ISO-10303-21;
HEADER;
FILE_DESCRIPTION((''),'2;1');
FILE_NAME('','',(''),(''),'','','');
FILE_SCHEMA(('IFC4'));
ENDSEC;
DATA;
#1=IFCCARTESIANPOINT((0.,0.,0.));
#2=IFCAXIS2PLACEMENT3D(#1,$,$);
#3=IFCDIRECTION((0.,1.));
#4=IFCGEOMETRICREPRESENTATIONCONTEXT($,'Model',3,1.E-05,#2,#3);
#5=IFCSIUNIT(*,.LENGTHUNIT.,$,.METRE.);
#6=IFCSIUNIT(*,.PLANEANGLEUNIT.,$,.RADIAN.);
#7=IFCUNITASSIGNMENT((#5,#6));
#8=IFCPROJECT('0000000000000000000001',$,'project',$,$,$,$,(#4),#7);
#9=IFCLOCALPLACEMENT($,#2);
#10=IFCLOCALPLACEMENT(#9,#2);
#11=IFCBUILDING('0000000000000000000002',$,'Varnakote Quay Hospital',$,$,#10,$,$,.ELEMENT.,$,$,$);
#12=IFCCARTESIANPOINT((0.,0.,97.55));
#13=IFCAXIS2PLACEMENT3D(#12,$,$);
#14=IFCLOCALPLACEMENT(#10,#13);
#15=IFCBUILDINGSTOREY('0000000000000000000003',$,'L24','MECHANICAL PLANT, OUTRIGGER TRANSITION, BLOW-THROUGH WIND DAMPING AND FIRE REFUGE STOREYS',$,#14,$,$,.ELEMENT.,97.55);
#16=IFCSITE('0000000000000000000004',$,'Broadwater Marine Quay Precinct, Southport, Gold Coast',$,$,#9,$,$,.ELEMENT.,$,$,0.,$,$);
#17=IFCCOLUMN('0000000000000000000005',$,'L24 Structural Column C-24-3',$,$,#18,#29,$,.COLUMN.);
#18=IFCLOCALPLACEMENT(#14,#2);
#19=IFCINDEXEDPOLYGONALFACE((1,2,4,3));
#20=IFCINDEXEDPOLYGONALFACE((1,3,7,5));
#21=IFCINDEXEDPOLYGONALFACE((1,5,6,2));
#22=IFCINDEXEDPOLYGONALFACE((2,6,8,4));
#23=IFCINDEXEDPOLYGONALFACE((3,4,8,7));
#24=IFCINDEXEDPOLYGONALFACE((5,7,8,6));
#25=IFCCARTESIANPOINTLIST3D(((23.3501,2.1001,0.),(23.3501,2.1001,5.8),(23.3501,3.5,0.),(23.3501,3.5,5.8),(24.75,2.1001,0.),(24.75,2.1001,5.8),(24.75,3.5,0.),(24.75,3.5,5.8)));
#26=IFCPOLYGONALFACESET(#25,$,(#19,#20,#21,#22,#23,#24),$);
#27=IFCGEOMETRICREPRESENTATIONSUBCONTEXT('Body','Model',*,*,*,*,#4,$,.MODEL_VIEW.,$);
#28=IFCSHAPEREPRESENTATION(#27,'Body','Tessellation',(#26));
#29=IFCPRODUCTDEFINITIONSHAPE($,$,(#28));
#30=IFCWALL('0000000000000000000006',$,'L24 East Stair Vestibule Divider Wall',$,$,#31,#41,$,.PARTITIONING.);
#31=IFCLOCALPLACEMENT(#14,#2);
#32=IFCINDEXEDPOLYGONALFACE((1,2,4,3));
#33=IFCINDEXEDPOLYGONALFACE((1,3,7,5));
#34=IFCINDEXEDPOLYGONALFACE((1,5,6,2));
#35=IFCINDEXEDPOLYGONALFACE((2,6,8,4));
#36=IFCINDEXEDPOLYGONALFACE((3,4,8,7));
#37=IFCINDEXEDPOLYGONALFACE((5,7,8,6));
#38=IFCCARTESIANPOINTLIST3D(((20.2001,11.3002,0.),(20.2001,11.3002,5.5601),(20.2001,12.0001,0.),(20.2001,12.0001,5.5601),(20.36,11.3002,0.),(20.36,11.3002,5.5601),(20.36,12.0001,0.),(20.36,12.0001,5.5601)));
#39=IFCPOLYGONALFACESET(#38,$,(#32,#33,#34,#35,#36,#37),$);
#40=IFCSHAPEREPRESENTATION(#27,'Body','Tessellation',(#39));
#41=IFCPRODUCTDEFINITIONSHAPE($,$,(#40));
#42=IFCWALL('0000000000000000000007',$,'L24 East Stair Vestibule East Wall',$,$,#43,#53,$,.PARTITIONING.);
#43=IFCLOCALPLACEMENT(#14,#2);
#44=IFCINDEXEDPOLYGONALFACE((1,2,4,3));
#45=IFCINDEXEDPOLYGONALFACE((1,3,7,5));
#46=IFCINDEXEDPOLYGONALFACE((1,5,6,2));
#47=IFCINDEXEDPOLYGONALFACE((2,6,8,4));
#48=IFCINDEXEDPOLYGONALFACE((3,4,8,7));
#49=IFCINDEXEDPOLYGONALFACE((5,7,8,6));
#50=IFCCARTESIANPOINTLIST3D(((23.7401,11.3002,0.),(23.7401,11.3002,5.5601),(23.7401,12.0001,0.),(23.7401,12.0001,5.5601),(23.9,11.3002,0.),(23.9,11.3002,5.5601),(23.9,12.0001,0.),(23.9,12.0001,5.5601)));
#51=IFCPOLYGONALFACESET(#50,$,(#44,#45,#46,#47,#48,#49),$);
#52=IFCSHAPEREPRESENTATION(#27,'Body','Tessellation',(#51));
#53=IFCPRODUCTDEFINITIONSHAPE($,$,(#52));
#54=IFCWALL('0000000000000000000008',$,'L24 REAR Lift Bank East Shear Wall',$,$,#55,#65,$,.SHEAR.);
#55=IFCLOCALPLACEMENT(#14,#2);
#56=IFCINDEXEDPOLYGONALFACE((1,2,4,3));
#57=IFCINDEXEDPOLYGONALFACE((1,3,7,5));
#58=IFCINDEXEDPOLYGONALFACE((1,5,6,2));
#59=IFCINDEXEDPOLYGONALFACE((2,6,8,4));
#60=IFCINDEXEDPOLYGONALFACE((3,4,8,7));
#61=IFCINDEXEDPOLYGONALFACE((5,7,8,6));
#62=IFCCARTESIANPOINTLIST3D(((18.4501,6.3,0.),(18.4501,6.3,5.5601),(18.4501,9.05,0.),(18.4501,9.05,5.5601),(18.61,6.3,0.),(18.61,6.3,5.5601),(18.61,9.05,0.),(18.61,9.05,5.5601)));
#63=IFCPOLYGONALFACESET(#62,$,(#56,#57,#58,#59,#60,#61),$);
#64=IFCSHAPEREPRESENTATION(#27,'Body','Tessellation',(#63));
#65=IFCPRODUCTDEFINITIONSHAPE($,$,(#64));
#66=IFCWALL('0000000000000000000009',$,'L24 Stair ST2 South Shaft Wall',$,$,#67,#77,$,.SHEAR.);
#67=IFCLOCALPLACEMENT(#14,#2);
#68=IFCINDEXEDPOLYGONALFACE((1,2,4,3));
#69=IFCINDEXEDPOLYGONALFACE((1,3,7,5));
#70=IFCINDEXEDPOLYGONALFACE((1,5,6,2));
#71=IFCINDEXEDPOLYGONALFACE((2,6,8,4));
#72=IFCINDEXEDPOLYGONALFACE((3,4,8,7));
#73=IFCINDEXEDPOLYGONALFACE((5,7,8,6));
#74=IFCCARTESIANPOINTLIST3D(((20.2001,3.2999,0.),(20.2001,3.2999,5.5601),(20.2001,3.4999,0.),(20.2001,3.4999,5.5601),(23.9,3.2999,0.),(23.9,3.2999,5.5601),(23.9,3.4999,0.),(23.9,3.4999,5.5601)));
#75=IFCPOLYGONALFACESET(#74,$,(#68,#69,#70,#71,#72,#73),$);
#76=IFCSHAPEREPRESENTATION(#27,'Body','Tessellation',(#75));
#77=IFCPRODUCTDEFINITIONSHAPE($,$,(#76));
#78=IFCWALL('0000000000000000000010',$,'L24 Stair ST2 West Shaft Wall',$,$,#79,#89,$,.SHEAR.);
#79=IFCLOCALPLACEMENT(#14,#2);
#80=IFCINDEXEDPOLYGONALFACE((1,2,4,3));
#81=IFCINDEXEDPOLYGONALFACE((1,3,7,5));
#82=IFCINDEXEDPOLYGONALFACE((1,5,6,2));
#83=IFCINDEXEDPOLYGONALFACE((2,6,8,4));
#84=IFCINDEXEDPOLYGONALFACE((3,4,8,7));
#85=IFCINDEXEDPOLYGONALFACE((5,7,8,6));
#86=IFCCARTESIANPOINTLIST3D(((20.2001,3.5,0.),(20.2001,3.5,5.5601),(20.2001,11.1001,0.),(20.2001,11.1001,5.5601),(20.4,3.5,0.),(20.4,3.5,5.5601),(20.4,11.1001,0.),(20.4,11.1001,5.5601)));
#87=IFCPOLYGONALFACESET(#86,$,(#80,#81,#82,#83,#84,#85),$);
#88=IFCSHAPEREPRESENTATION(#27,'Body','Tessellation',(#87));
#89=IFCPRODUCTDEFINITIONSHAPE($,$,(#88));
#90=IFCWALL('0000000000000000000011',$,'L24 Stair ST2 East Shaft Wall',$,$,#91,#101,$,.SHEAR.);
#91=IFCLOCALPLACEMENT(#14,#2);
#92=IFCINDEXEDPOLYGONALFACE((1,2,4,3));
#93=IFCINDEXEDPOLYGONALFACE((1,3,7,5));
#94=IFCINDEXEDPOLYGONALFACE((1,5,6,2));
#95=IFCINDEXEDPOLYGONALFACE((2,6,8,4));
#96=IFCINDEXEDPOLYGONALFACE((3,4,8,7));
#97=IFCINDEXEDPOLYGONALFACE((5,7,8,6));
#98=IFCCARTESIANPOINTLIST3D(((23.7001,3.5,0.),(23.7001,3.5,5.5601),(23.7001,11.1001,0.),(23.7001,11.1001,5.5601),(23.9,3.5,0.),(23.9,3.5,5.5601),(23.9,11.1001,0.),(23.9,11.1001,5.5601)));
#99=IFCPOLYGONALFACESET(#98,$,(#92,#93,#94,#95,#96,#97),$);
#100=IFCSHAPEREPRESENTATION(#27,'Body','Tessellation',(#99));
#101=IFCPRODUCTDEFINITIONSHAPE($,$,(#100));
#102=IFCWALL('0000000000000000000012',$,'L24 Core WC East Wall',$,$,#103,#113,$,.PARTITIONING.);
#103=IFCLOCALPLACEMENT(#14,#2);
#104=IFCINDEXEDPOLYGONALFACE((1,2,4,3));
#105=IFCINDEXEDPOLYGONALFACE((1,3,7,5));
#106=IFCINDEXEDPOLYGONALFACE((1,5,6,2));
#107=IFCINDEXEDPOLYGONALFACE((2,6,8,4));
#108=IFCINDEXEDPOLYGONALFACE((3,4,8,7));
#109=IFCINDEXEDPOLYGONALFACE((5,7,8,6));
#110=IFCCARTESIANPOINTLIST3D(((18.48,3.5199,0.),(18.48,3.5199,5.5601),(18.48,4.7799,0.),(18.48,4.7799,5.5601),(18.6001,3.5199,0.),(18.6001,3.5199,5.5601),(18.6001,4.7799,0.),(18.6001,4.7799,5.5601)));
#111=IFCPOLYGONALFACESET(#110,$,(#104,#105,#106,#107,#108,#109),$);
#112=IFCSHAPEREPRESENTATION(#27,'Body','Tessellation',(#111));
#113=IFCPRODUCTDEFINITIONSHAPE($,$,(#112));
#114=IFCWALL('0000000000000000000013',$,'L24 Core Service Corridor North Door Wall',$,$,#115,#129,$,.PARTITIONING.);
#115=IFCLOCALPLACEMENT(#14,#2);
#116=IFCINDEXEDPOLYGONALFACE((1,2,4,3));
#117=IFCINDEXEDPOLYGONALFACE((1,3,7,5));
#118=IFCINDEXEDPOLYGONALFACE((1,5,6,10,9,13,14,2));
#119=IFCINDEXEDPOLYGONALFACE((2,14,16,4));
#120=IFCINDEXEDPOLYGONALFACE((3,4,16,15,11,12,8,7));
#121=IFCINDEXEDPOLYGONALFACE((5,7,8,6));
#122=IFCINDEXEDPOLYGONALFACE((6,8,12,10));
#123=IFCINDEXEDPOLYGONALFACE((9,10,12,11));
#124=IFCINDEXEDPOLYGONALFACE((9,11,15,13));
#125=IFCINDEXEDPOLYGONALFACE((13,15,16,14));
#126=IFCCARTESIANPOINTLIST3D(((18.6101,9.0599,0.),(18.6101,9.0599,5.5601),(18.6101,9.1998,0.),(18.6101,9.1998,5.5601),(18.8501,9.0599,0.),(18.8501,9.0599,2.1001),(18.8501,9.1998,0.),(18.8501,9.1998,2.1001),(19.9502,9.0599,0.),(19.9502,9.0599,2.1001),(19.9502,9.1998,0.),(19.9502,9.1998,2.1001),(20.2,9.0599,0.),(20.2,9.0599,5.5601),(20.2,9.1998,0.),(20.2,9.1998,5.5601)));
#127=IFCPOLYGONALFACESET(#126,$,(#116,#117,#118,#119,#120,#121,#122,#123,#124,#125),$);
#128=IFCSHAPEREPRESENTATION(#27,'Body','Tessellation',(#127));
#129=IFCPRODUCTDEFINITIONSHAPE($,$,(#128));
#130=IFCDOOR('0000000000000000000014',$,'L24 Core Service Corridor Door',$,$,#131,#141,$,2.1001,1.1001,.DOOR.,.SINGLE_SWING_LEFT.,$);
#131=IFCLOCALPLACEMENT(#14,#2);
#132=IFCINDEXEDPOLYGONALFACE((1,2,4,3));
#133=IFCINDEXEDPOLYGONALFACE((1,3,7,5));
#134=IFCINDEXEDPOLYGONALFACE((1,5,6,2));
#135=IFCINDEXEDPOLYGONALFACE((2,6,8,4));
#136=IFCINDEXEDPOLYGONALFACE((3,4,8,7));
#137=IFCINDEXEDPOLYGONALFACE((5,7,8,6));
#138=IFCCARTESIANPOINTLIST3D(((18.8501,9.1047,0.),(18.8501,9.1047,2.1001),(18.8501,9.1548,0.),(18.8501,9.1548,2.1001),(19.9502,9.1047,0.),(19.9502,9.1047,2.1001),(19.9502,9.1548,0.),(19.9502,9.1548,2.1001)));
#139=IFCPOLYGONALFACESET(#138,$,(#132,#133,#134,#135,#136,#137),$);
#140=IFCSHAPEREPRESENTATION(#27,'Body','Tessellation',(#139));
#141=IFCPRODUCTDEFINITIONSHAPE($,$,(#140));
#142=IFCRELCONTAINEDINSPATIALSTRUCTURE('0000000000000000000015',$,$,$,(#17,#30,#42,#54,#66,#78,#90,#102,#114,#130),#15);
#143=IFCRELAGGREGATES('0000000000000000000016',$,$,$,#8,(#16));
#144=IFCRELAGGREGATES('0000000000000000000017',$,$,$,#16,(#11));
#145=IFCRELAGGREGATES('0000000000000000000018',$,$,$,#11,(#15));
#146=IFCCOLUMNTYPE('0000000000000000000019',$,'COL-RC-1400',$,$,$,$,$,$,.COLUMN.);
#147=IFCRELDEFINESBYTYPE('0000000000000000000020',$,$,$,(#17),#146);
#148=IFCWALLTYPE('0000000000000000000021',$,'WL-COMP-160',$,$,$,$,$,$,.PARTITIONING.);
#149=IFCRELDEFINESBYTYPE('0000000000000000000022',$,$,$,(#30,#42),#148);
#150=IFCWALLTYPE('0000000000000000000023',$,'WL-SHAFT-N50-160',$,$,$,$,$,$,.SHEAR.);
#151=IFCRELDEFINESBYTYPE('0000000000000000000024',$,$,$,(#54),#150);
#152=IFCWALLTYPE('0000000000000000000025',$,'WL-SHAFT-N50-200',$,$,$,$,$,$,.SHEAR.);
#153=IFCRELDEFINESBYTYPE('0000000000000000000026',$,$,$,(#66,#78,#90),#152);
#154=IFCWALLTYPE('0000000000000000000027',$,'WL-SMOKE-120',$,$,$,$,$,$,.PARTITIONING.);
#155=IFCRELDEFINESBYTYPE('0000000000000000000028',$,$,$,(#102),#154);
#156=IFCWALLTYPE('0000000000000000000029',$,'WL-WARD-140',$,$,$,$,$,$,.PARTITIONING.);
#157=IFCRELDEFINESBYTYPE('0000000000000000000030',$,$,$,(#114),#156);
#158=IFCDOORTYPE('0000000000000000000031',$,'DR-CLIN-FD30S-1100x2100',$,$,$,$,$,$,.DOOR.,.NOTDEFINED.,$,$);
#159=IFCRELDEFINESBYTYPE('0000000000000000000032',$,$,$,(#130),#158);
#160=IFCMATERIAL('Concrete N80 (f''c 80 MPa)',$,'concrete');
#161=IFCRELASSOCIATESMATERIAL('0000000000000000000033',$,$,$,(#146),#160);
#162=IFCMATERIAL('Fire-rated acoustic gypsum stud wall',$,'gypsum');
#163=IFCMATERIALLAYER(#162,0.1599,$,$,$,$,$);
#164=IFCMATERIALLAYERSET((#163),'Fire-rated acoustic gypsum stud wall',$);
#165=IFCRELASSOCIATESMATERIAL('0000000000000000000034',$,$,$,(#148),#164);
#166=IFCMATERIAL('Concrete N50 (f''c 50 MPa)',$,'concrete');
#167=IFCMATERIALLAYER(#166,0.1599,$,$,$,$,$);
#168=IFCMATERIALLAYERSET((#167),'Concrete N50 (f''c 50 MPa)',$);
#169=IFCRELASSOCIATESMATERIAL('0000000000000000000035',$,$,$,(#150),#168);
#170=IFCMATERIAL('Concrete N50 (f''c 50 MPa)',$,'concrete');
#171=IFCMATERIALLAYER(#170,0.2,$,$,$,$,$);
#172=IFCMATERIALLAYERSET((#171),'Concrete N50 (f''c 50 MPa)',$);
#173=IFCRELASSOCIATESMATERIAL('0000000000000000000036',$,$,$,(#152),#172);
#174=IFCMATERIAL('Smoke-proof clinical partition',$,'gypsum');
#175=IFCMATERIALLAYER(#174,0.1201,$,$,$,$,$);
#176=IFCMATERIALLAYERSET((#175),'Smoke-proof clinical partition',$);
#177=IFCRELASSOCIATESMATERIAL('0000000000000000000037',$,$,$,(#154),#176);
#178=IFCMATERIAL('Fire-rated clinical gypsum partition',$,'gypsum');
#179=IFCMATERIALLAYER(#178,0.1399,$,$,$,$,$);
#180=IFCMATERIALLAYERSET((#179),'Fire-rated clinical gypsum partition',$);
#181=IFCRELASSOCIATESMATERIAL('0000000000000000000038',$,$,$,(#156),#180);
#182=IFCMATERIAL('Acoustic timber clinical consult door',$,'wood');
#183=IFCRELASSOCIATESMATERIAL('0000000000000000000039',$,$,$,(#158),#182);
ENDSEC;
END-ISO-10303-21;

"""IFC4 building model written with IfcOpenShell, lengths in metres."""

from ifc_helpers import new_model, si_unit, direction, frame, frame_2d, origin, origin_2d, place, context, subcontext, project, spatial, rectangle, extrude, material, layer, layer_set, material_profile, profile_set, type_object, element, fill, save


model = new_model("IFC4")

# Units and contexts
model_context = context("Model", 3, precision=1e-05, world=origin(), true_north=direction((0.0, 1.0)))
body_context = subcontext(model_context, "Body", "Model", "MODEL_VIEW")
ifc_project = project(units=[si_unit("LENGTHUNIT", "METRE"), si_unit("PLANEANGLEUNIT", "RADIAN")], contexts=[model_context])

# Site, building, storey
site_placement = place(None, origin())
site = spatial("IfcSite", under=ifc_project, at=site_placement, Name="Broadwater Marine Quay Precinct, Southport, Gold Coast", CompositionType="ELEMENT", RefElevation=0.0)
building_placement = place(site_placement, origin())
building = spatial("IfcBuilding", under=site, at=building_placement, Name="Varnakote Quay Hospital", CompositionType="ELEMENT")
storey_placement = place(building_placement, frame((0.0, 0.0, 97.55)))
storey = spatial("IfcBuildingStorey", under=building, at=storey_placement, Name="L24", Description="MECHANICAL PLANT, OUTRIGGER TRANSITION, BLOW-THROUGH WIND DAMPING AND FIRE REFUGE STOREYS", CompositionType="ELEMENT", Elevation=97.55)

# Column
ifc_material_1 = material(Name="Concrete N80 (f'c 80 MPa)", Category="concrete")
ifc_material_profile = material_profile(ifc_material_1, rectangle(XDim=1.3999, YDim=1.3999, at=origin_2d()), Name="RC-COL-1400x1400")
ifc_profile_set = profile_set([ifc_material_profile], Name="Concrete N80 (f'c 80 MPa)")
column_type = type_object("IfcColumnType", Name="COL-RC-1400", PredefinedType="COLUMN", material=ifc_profile_set)
column_placement = place(storey_placement, frame((24.05, 2.8, 0.0), z_axis=(0.0, 0.0, 1.0), x_axis=(1.0, 0.0, 0.0)))
element("IfcColumn", 1, at=column_placement, inside=storey, type_object=column_type, Name="L24 Structural Column C-24-3", PredefinedType="COLUMN", context=body_context, shape_type="SweptSolid", body=[
    extrude(rectangle(XDim=1.3999, YDim=1.3999, at=origin_2d()), origin(), (0.0, 0.0, 1.0), 5.8),
])

# Walls
ifc_material_2 = material(Name="Fire-rated acoustic gypsum stud wall", Category="gypsum")
ifc_layer_1 = layer(ifc_material_2, 0.1599)
ifc_layer_set_1 = layer_set([ifc_layer_1], Name="Fire-rated acoustic gypsum stud wall")
wall_type_1 = type_object("IfcWallType", Name="WL-COMP-160", PredefinedType="PARTITIONING", material=ifc_layer_set_1)
for number, where, z_axis, x_axis, name in (
    (2, (20.28, 11.3, 0.0), (0.0, 0.0, 1.0), (0.0, 1.0, 0.0), "L24 East Stair Vestibule Divider Wall"),
    (3, (23.8201, 11.3, 0.0), (0.0, 0.0, 1.0), (0.0, 1.0, 0.0), "L24 East Stair Vestibule East Wall"),
):
    element("IfcWall", number, at=place(storey_placement, frame(where, z_axis=z_axis, x_axis=x_axis)), inside=storey, type_object=wall_type_1, Name=name, PredefinedType="PARTITIONING", context=body_context, shape_type="SweptSolid", body=[
        extrude(rectangle(XDim=0.7, YDim=0.1599, at=frame_2d((0.3501, 0.0))), origin(), (0.0, 0.0, 1.0), 5.5601),
    ])
ifc_material_3 = material(Name="Concrete N50 (f'c 50 MPa)", Category="concrete")
ifc_layer_2 = layer(ifc_material_3, 0.1599)
ifc_layer_set_2 = layer_set([ifc_layer_2], Name="Concrete N50 (f'c 50 MPa)")
wall_type_2 = type_object("IfcWallType", Name="WL-SHAFT-N50-160", PredefinedType="SHEAR", material=ifc_layer_set_2)
wall_1_placement = place(storey_placement, frame((18.53, 6.3, 0.0), z_axis=(0.0, 0.0, 1.0), x_axis=(0.0, 1.0, 0.0)))
element("IfcWall", 4, at=wall_1_placement, inside=storey, type_object=wall_type_2, Name="L24 REAR Lift Bank East Shear Wall", PredefinedType="SHEAR", context=body_context, shape_type="SweptSolid", body=[
    extrude(rectangle(XDim=2.75, YDim=0.1599, at=frame_2d((1.375, 0.0))), origin(), (0.0, 0.0, 1.0), 5.5601),
])
ifc_material_4 = material(Name="Concrete N50 (f'c 50 MPa)", Category="concrete")
ifc_layer_3 = layer(ifc_material_4, 0.2)
ifc_layer_set_3 = layer_set([ifc_layer_3], Name="Concrete N50 (f'c 50 MPa)")
wall_type_3 = type_object("IfcWallType", Name="WL-SHAFT-N50-200", PredefinedType="SHEAR", material=ifc_layer_set_3)
wall_2_placement = place(storey_placement, frame((20.2, 3.3999, 0.0), z_axis=(0.0, 0.0, 1.0), x_axis=(1.0, 0.0, 0.0)))
element("IfcWall", 5, at=wall_2_placement, inside=storey, type_object=wall_type_3, Name="L24 Stair ST2 South Shaft Wall", PredefinedType="SHEAR", context=body_context, shape_type="SweptSolid", body=[
    extrude(rectangle(XDim=3.7, YDim=0.2, at=frame_2d((1.8501, 0.0))), origin(), (0.0, 0.0, 1.0), 5.5601),
])
for number, where, z_axis, x_axis, name in (
    (6, (20.3, 3.5, 0.0), (0.0, 0.0, 1.0), (0.0, 1.0, 0.0), "L24 Stair ST2 West Shaft Wall"),
    (7, (23.8, 3.5, 0.0), (0.0, 0.0, 1.0), (0.0, 1.0, 0.0), "L24 Stair ST2 East Shaft Wall"),
):
    element("IfcWall", number, at=place(storey_placement, frame(where, z_axis=z_axis, x_axis=x_axis)), inside=storey, type_object=wall_type_3, Name=name, PredefinedType="SHEAR", context=body_context, shape_type="SweptSolid", body=[
        extrude(rectangle(XDim=7.6001, YDim=0.2, at=frame_2d((3.8, 0.0))), origin(), (0.0, 0.0, 1.0), 5.5601),
    ])

# Wall
ifc_material_5 = material(Name="Smoke-proof clinical partition", Category="gypsum")
ifc_layer_4 = layer(ifc_material_5, 0.1201)
ifc_layer_set_4 = layer_set([ifc_layer_4], Name="Smoke-proof clinical partition")
wall_type_4 = type_object("IfcWallType", Name="WL-SMOKE-120", PredefinedType="PARTITIONING", material=ifc_layer_set_4)
wall_3_placement = place(storey_placement, frame((18.54, 3.52, 0.0), z_axis=(0.0, 0.0, 1.0), x_axis=(0.0, 1.0, 0.0)))
element("IfcWall", 8, at=wall_3_placement, inside=storey, type_object=wall_type_4, Name="L24 Core WC East Wall", PredefinedType="PARTITIONING", context=body_context, shape_type="SweptSolid", body=[
    extrude(rectangle(XDim=1.26, YDim=0.1201, at=frame_2d((0.6299, 0.0))), origin(), (0.0, 0.0, 1.0), 5.5601),
])

# Wall, opening, door
ifc_material_6 = material(Name="Fire-rated clinical gypsum partition", Category="gypsum")
ifc_layer_5 = layer(ifc_material_6, 0.1399)
ifc_layer_set_5 = layer_set([ifc_layer_5], Name="Fire-rated clinical gypsum partition")
wall_type_5 = type_object("IfcWallType", Name="WL-WARD-140", PredefinedType="PARTITIONING", material=ifc_layer_set_5)
wall_4_placement = place(storey_placement, frame((18.6101, 9.1299, 0.0), z_axis=(0.0, 0.0, 1.0), x_axis=(1.0, 0.0, 0.0)))
wall_4 = element("IfcWall", 9, at=wall_4_placement, inside=storey, type_object=wall_type_5, Name="L24 Core Service Corridor North Door Wall", PredefinedType="PARTITIONING", context=body_context, shape_type="SweptSolid", body=[
    extrude(rectangle(XDim=1.5898, YDim=0.1399, at=frame_2d((0.7949, 0.0))), origin(), (0.0, 0.0, 1.0), 5.5601),
])
opening_1_placement = place(wall_4_placement, frame((0.24, 0.0, 0.0)))
opening_1 = element("IfcOpeningElement", 10, at=opening_1_placement, cuts=wall_4, PredefinedType="OPENING", context=body_context, shape_type="SweptSolid", body=[
    extrude(rectangle(XDim=1.1001, YDim=2.1001, at=frame_2d((0.55, 1.05))), frame((0.0, 0.0798, 0.0), z_axis=(0.0, -1.0, 0.0), x_axis=(1.0, 0.0, 0.0)), (0.0, 0.0, 1.0), 0.1599),
])
ifc_material_7 = material(Name="Acoustic timber clinical consult door", Category="wood")
door_type_1 = type_object("IfcDoorType", Name="DR-CLIN-FD30S-1100x2100", OperationType="NOTDEFINED", PredefinedType="DOOR", material=ifc_material_7)
door_1_placement = place(opening_1_placement, origin())
door_1 = element("IfcDoor", 11, at=door_1_placement, inside=storey, type_object=door_type_1, Name="L24 Core Service Corridor Door", OperationType="SINGLE_SWING_LEFT", OverallHeight=2.1001, OverallWidth=1.1001, PredefinedType="DOOR", context=body_context, shape_type="SweptSolid", body=[
    extrude(rectangle(XDim=1.1001, YDim=2.1001, at=frame_2d((0.55, 1.05))), frame((0.0, 0.0249, 0.0), z_axis=(0.0, -1.0, 0.0), x_axis=(1.0, 0.0, 0.0)), (0.0, 0.0, 1.0), 0.05),
])
fill(opening_1, door_1)

save(model, "model.ifc")
